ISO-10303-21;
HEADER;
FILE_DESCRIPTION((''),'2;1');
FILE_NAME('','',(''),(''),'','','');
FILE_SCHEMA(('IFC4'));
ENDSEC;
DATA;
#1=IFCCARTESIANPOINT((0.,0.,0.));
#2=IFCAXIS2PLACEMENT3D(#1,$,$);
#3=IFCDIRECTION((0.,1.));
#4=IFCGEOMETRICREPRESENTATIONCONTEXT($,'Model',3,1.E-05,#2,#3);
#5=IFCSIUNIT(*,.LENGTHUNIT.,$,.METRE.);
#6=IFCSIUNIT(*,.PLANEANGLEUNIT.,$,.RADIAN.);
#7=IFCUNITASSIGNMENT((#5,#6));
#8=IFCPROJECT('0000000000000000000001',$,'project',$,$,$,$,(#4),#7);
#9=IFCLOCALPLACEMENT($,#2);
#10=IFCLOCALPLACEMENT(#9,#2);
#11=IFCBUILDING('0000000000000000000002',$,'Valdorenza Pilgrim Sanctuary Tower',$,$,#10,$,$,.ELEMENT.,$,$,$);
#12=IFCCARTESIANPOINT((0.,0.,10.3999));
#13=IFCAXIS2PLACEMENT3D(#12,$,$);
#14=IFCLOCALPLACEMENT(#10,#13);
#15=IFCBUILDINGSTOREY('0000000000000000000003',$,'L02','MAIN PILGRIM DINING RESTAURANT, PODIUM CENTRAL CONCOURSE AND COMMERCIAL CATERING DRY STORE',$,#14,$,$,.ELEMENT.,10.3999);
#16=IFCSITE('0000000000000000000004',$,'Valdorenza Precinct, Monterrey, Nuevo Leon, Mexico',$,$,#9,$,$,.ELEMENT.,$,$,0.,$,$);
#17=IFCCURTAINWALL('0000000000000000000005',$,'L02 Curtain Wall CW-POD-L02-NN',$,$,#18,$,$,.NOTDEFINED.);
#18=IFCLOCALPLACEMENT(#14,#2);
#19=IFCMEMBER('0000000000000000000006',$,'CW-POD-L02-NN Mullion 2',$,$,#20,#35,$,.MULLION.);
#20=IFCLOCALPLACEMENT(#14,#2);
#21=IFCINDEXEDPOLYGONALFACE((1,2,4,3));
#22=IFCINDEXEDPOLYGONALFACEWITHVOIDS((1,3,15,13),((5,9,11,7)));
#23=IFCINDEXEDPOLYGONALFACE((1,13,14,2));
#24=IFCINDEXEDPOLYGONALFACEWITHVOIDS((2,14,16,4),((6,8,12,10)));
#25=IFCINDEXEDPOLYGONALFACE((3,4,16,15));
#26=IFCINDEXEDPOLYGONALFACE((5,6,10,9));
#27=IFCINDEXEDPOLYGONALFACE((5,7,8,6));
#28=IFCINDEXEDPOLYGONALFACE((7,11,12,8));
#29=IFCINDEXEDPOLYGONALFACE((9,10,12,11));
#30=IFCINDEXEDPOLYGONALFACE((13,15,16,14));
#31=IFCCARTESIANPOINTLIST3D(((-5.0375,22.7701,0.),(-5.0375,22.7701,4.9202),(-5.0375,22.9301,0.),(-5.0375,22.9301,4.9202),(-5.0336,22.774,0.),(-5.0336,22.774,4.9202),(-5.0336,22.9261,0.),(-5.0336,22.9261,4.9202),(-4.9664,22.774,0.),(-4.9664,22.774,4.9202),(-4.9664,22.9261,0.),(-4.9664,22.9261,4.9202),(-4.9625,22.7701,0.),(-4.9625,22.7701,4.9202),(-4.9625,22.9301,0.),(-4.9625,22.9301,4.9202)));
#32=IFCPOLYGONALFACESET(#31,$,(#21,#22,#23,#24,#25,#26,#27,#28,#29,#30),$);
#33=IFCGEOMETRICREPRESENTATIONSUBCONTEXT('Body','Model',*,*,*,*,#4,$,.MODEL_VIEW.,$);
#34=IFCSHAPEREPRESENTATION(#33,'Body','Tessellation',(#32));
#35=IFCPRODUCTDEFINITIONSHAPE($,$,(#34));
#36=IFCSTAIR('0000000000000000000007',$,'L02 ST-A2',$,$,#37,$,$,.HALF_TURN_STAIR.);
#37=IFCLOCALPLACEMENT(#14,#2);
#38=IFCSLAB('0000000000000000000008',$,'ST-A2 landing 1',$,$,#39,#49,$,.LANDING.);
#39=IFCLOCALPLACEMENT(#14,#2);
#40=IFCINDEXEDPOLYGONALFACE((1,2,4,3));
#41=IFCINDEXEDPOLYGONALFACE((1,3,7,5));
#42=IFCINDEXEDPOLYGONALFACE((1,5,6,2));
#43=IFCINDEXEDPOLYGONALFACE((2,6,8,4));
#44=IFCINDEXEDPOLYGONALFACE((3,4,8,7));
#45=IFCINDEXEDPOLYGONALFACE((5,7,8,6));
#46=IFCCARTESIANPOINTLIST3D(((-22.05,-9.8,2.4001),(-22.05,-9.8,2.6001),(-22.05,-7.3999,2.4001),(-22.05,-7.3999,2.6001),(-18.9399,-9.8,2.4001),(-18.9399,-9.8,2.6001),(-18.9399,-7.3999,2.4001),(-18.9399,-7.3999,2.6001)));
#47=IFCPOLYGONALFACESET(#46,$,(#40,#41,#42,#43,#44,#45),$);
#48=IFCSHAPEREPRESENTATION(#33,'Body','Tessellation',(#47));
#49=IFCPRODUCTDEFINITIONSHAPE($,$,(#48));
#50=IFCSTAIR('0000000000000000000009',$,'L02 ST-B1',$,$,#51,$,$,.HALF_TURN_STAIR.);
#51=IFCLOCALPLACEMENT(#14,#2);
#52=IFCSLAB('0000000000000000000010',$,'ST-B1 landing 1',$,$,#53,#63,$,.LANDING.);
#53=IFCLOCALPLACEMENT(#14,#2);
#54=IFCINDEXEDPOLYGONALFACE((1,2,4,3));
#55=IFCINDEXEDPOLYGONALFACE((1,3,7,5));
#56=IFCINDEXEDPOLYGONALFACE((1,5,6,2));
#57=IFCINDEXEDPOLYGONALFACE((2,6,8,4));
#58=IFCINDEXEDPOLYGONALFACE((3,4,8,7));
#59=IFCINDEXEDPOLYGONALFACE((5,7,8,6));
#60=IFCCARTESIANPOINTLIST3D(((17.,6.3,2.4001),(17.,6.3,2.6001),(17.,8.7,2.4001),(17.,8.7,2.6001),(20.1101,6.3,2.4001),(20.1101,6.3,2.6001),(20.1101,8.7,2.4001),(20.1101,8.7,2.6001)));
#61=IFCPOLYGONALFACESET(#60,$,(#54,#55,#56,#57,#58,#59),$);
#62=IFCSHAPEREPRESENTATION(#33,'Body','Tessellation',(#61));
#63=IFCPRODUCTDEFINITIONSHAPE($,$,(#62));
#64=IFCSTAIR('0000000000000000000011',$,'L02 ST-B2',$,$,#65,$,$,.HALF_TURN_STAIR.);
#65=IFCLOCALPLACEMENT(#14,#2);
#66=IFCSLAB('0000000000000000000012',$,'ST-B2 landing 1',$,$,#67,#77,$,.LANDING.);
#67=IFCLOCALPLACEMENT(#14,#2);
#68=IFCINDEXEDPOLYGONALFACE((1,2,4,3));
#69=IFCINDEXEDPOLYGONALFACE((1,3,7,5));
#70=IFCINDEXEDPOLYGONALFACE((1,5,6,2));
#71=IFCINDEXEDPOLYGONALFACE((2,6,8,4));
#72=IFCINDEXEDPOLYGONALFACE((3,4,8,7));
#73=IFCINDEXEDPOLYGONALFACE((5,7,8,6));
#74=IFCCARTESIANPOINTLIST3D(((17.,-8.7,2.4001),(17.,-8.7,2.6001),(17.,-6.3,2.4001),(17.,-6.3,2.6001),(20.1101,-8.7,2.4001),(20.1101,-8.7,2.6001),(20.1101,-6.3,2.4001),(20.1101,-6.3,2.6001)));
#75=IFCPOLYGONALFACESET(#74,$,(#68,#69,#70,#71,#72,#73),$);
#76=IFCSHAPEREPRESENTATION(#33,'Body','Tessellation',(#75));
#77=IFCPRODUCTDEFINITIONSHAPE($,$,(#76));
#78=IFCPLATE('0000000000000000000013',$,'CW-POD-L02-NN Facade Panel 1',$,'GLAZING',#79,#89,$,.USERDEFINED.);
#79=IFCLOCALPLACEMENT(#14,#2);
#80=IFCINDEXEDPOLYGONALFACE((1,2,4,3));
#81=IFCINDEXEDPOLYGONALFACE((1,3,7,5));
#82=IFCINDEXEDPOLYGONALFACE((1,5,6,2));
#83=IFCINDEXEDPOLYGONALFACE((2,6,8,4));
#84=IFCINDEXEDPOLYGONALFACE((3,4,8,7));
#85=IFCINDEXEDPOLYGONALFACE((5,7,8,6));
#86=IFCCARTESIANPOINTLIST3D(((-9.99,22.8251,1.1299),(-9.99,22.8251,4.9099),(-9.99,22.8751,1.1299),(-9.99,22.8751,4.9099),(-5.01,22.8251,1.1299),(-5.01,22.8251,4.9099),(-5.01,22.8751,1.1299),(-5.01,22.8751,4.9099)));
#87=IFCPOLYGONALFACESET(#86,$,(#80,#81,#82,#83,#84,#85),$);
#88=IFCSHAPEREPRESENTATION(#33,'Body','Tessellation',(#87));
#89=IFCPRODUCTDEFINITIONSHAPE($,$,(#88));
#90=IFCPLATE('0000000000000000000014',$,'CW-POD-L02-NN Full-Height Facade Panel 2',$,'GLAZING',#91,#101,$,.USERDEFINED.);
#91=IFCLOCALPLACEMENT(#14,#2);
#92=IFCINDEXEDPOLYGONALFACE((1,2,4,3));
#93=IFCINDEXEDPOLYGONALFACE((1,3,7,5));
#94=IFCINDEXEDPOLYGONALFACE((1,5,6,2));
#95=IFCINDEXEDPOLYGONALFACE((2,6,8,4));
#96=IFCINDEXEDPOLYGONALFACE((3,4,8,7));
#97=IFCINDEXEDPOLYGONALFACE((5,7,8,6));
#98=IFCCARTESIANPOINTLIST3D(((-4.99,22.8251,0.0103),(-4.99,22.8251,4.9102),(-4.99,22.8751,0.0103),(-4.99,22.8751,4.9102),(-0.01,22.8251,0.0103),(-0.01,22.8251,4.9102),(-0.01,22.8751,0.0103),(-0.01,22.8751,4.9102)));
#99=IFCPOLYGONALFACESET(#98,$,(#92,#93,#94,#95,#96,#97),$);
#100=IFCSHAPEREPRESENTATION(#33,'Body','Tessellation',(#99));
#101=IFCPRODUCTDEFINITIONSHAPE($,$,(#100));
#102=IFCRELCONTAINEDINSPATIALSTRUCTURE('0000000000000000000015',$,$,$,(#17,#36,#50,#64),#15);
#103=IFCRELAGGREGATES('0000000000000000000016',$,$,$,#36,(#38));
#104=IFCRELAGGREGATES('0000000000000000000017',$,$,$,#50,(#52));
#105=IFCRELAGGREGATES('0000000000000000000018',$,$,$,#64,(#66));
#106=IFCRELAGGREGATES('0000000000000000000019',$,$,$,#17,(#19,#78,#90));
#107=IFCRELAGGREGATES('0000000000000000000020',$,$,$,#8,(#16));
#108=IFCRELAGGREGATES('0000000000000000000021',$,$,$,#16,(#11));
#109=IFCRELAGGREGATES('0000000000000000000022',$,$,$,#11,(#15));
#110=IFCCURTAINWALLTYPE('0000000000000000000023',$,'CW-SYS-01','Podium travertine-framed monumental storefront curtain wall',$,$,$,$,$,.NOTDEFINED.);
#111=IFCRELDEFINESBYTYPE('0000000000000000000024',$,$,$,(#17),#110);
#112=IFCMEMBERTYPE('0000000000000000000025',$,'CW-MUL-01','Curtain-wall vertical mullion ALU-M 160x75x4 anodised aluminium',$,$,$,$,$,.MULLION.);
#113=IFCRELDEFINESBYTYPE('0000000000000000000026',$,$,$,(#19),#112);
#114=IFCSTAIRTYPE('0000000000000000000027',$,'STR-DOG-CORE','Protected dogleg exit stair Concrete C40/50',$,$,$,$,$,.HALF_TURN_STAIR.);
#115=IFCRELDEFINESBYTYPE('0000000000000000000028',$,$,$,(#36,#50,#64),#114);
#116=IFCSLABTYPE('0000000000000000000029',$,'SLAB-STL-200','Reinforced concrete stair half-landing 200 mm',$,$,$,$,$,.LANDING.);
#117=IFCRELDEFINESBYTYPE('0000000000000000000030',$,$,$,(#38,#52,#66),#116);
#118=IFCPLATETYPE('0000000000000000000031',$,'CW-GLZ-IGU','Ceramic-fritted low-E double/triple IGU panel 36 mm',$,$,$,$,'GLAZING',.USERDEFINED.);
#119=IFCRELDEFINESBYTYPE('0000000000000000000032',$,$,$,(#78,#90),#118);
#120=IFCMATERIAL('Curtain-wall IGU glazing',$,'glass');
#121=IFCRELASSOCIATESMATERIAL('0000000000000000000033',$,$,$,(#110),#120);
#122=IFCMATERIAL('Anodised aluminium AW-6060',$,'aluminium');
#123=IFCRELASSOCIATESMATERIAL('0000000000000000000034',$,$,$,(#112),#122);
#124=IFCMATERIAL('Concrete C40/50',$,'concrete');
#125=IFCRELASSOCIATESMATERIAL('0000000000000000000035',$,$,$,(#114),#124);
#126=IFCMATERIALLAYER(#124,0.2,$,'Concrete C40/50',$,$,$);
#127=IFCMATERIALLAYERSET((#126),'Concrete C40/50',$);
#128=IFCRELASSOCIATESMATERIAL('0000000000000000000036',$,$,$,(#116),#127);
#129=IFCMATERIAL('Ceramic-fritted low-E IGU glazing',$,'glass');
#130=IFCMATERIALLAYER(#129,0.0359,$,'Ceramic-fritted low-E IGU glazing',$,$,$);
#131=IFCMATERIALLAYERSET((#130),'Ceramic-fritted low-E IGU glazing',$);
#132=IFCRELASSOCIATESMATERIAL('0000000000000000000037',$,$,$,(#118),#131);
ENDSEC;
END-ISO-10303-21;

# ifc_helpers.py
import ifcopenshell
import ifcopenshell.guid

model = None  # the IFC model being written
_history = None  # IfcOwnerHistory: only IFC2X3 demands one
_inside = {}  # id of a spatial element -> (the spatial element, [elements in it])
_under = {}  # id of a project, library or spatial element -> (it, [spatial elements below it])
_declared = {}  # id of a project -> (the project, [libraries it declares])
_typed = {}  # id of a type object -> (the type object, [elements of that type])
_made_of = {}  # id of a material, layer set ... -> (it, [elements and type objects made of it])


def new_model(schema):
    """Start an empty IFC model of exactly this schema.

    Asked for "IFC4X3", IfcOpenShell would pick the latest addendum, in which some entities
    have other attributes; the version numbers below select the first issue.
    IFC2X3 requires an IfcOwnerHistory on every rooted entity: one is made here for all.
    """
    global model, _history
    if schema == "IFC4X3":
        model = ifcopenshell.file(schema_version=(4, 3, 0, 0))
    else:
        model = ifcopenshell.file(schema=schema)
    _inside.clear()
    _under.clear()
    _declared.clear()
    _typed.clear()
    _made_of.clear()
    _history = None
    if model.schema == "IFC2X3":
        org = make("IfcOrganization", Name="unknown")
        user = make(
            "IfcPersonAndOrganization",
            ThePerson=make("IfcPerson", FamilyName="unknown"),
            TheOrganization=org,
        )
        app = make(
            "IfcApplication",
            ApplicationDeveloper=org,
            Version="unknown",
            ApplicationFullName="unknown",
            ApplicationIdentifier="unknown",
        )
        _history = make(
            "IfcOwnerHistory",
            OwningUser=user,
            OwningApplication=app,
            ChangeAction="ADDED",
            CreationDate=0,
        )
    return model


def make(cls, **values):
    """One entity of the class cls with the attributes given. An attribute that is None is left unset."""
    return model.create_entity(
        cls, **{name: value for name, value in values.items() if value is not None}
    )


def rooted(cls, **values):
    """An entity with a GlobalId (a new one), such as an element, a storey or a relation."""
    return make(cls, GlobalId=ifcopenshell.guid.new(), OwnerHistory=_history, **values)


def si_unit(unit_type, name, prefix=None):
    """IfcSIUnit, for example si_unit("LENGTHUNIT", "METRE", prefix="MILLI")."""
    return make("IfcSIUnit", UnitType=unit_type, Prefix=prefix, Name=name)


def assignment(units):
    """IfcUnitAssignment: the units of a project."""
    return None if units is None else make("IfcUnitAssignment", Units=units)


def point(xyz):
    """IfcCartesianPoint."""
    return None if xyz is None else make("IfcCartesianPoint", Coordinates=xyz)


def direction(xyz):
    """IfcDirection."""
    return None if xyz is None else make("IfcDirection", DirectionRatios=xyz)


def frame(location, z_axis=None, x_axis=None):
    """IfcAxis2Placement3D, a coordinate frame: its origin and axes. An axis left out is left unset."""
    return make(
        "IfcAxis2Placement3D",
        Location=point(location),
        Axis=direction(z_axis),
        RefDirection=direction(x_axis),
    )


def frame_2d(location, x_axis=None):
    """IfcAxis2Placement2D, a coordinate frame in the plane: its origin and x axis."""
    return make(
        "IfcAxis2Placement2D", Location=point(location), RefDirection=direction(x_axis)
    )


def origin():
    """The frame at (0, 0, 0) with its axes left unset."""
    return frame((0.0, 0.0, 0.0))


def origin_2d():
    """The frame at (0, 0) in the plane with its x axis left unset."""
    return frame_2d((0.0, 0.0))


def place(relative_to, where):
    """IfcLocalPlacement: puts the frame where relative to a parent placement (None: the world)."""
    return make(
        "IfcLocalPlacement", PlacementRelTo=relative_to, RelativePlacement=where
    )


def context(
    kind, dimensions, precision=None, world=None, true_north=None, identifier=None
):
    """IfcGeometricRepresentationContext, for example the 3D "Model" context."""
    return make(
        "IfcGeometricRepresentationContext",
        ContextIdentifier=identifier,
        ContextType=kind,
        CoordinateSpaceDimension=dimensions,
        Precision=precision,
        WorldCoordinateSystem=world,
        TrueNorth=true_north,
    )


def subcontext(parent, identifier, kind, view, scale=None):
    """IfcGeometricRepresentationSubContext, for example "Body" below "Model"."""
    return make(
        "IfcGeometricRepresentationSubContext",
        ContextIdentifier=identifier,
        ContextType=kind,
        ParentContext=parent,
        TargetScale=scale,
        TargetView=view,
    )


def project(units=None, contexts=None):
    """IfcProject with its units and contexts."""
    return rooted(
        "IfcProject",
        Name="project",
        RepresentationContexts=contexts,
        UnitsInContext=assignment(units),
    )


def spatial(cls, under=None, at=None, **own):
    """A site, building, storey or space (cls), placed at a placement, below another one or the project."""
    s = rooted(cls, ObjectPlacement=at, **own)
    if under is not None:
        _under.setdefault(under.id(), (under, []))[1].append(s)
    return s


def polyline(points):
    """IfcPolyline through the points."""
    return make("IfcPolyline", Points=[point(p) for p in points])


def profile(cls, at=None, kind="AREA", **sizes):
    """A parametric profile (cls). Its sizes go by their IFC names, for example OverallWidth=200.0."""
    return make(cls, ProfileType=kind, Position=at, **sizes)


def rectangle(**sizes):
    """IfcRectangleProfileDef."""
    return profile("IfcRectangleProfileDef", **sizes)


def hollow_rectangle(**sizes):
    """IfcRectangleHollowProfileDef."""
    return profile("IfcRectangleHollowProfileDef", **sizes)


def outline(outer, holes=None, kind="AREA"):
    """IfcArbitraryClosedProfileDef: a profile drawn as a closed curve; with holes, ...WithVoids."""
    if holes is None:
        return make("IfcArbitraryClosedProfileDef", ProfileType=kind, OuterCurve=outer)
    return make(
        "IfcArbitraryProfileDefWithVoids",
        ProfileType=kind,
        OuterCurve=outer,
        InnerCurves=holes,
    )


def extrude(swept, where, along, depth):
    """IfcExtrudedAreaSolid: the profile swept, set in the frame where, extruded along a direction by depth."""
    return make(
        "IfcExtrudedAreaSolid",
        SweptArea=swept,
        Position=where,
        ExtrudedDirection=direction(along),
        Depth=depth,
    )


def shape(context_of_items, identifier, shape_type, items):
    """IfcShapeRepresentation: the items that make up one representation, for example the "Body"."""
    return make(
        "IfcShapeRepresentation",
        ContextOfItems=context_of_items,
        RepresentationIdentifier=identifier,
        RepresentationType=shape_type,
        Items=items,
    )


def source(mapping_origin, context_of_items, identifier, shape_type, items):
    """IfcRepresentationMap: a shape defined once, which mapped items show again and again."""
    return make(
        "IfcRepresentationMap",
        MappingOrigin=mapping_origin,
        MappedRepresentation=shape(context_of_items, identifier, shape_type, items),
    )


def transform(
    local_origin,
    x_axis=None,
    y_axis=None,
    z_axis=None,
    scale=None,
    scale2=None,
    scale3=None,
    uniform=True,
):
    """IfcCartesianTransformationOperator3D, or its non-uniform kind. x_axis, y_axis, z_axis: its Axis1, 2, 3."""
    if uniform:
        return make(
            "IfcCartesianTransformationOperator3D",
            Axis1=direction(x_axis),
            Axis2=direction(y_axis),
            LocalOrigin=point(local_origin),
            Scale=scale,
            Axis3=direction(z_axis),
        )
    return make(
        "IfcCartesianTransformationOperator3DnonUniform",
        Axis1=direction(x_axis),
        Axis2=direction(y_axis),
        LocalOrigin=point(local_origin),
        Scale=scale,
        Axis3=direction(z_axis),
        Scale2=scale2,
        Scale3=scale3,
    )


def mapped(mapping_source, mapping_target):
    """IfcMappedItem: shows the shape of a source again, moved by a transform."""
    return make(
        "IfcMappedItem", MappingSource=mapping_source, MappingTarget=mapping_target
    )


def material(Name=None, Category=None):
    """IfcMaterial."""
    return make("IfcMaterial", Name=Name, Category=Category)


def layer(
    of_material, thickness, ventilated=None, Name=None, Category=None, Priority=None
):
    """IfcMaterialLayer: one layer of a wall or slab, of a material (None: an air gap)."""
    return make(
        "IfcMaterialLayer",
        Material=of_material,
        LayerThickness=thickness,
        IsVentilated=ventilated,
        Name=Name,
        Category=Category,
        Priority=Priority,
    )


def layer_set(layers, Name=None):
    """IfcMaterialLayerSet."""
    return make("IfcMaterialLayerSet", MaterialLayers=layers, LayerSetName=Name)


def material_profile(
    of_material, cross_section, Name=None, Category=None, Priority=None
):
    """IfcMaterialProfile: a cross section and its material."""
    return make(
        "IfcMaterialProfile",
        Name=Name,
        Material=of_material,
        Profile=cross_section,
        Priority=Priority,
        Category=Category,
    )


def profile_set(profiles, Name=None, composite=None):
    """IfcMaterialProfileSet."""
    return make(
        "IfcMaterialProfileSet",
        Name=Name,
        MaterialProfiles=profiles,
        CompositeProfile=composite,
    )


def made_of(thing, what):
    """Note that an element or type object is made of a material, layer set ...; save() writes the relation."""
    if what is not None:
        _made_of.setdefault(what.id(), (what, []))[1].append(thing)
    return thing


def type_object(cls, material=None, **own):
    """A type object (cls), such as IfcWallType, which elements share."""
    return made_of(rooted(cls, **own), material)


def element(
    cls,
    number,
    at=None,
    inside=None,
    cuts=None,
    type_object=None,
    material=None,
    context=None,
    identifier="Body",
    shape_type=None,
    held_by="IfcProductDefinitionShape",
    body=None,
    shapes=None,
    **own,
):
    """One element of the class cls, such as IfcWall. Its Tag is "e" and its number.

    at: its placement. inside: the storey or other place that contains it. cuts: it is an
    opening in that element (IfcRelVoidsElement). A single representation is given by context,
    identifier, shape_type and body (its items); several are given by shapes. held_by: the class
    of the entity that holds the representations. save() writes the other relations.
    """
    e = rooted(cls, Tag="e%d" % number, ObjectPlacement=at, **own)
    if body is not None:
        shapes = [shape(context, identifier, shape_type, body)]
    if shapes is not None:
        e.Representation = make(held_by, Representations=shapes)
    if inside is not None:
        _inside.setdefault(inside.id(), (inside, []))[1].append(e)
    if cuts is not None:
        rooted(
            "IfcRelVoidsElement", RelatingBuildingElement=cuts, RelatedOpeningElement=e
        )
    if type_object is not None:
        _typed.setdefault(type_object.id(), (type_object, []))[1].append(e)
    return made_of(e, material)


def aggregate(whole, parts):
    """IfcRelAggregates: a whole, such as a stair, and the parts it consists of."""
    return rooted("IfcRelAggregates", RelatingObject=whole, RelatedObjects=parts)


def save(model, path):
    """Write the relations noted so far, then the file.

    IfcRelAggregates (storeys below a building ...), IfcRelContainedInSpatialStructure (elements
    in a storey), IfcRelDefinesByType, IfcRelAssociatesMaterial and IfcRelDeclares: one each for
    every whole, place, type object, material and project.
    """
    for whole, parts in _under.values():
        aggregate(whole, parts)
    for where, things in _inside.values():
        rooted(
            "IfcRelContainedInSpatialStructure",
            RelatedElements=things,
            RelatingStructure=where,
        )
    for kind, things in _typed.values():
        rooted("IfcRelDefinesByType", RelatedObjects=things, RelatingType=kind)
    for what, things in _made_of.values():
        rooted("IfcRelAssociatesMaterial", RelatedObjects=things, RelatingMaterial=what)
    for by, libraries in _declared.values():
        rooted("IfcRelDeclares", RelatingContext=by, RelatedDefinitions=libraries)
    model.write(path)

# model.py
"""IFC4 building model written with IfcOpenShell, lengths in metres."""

from ifc_helpers import new_model, si_unit, direction, frame, origin, origin_2d, place, context, subcontext, project, spatial, polyline, rectangle, hollow_rectangle, outline, extrude, source, transform, mapped, material, layer, layer_set, material_profile, profile_set, type_object, element, aggregate, save


model = new_model("IFC4")

# Units and contexts
model_context = context("Model", 3, precision=1e-05, world=origin(), true_north=direction((0.0, 1.0)))
body_context = subcontext(model_context, "Body", "Model", "MODEL_VIEW")
ifc_project = project(units=[si_unit("LENGTHUNIT", "METRE"), si_unit("PLANEANGLEUNIT", "RADIAN")], contexts=[model_context])

# Site, building, storey
site_placement = place(None, origin())
site = spatial("IfcSite", under=ifc_project, at=site_placement, Name="Valdorenza Precinct, Monterrey, Nuevo Leon, Mexico", CompositionType="ELEMENT", RefElevation=0.0)
building_placement = place(site_placement, origin())
building = spatial("IfcBuilding", under=site, at=building_placement, Name="Valdorenza Pilgrim Sanctuary Tower", CompositionType="ELEMENT")
storey_placement = place(building_placement, frame((0.0, 0.0, 10.3999)))
storey = spatial("IfcBuildingStorey", under=building, at=storey_placement, Name="L02", Description="MAIN PILGRIM DINING RESTAURANT, PODIUM CENTRAL CONCOURSE AND COMMERCIAL CATERING DRY STORE", CompositionType="ELEMENT", Elevation=10.3999)

# Curtain wall, member
ifc_material_1 = material(Name="Curtain-wall IGU glazing", Category="glass")
curtain_wall_type = type_object("IfcCurtainWallType", Name="CW-SYS-01", Description="Podium travertine-framed monumental storefront curtain wall", PredefinedType="NOTDEFINED", material=ifc_material_1)
curtain_wall_placement = place(storey_placement, origin())
curtain_wall = element("IfcCurtainWall", 1, at=curtain_wall_placement, inside=storey, type_object=curtain_wall_type, Name="L02 Curtain Wall CW-POD-L02-NN", PredefinedType="NOTDEFINED")
ifc_material_2 = material(Name="Anodised aluminium AW-6060", Category="aluminium")
ifc_material_profile = material_profile(ifc_material_2, hollow_rectangle(XDim=0.075, YDim=0.1599, WallThickness=0.0039, at=origin_2d()), Name="ALU-M 160x75x4")
ifc_profile_set = profile_set([ifc_material_profile], Name="Anodised aluminium AW-6060")
member_type = type_object("IfcMemberType", Name="CW-MUL-01", Description="Curtain-wall vertical mullion ALU-M 160x75x4 anodised aluminium", PredefinedType="MULLION", material=ifc_profile_set)
shared_shape_1 = source(origin(), body_context, "Body", "SweptSolid", [
    extrude(hollow_rectangle(XDim=0.075, YDim=0.1599, WallThickness=0.0039, at=origin_2d()), origin(), (0.0, 0.0, 1.0), 4.9202),
])
member_placement = place(storey_placement, frame((-5.0, 22.8501, 0.0), z_axis=(0.0, 0.0, 1.0), x_axis=(1.0, 0.0, 0.0)))
member = element("IfcMember", 2, at=member_placement, type_object=member_type, Name="CW-POD-L02-NN Mullion 2", PredefinedType="MULLION", context=body_context, shape_type="MappedRepresentation", body=[
    mapped(shared_shape_1, transform((0.0, 0.0, 0.0), x_axis=(1.0, 0.0, 0.0), y_axis=(0.0, 1.0, 0.0), z_axis=(0.0, 0.0, 1.0), scale=1.0)),
])

# Stairs, slabs
ifc_material_3 = material(Name="Concrete C40/50", Category="concrete")
stair_type = type_object("IfcStairType", Name="STR-DOG-CORE", Description="Protected dogleg exit stair Concrete C40/50", PredefinedType="HALF_TURN_STAIR", material=ifc_material_3)
stair_1_placement = place(storey_placement, origin())
stair_1 = element("IfcStair", 3, at=stair_1_placement, inside=storey, type_object=stair_type, Name="L02 ST-A2", PredefinedType="HALF_TURN_STAIR")
ifc_layer_1 = layer(ifc_material_3, 0.2, Name="Concrete C40/50")
ifc_layer_set_1 = layer_set([ifc_layer_1], Name="Concrete C40/50")
slab_type = type_object("IfcSlabType", Name="SLAB-STL-200", Description="Reinforced concrete stair half-landing 200 mm", PredefinedType="LANDING", material=ifc_layer_set_1)
slab_1_placement = place(storey_placement, frame((0.0, 0.0, 2.4001)))
slab_1 = element("IfcSlab", 4, at=slab_1_placement, type_object=slab_type, Name="ST-A2 landing 1", PredefinedType="LANDING", context=body_context, shape_type="SweptSolid", body=[
    extrude(outline(polyline([(-22.05, -7.3999), (-22.05, -9.8), (-18.9399, -9.8), (-18.9399, -7.3999), (-22.05, -7.3999)])), origin(), (0.0, 0.0, 1.0), 0.2),
])
aggregate(stair_1, [slab_1])
stair_2_placement = place(storey_placement, origin())
stair_2 = element("IfcStair", 5, at=stair_2_placement, inside=storey, type_object=stair_type, Name="L02 ST-B1", PredefinedType="HALF_TURN_STAIR")
slab_2_placement = place(storey_placement, frame((0.0, 0.0, 2.4001)))
slab_2 = element("IfcSlab", 6, at=slab_2_placement, type_object=slab_type, Name="ST-B1 landing 1", PredefinedType="LANDING", context=body_context, shape_type="SweptSolid", body=[
    extrude(outline(polyline([(20.1101, 6.3), (20.1101, 8.7), (17.0, 8.7), (17.0, 6.3), (20.1101, 6.3)])), origin(), (0.0, 0.0, 1.0), 0.2),
])
aggregate(stair_2, [slab_2])
stair_3_placement = place(storey_placement, origin())
stair_3 = element("IfcStair", 7, at=stair_3_placement, inside=storey, type_object=stair_type, Name="L02 ST-B2", PredefinedType="HALF_TURN_STAIR")
slab_3_placement = place(storey_placement, frame((0.0, 0.0, 2.4001)))
slab_3 = element("IfcSlab", 8, at=slab_3_placement, type_object=slab_type, Name="ST-B2 landing 1", PredefinedType="LANDING", context=body_context, shape_type="SweptSolid", body=[
    extrude(outline(polyline([(17.0, -6.3), (17.0, -8.7), (20.1101, -8.7), (20.1101, -6.3), (17.0, -6.3)])), origin(), (0.0, 0.0, 1.0), 0.2),
])
aggregate(stair_3, [slab_3])

# Plates
ifc_material_4 = material(Name="Ceramic-fritted low-E IGU glazing", Category="glass")
ifc_layer_2 = layer(ifc_material_4, 0.0359, Name="Ceramic-fritted low-E IGU glazing")
ifc_layer_set_2 = layer_set([ifc_layer_2], Name="Ceramic-fritted low-E IGU glazing")
plate_type = type_object("IfcPlateType", Name="CW-GLZ-IGU", Description="Ceramic-fritted low-E double/triple IGU panel 36 mm", ElementType="GLAZING", PredefinedType="USERDEFINED", material=ifc_layer_set_2)
shared_shape_2 = source(origin(), body_context, "Body", "SweptSolid", [
    extrude(rectangle(XDim=4.98, YDim=0.05, at=origin_2d()), origin(), (0.0, 0.0, 1.0), 3.78),
])
plate_1_placement = place(storey_placement, frame((-7.5, 22.8501, 1.1299), z_axis=(0.0, 0.0, 1.0), x_axis=(1.0, 0.0, 0.0)))
plate_1 = element("IfcPlate", 9, at=plate_1_placement, type_object=plate_type, Name="CW-POD-L02-NN Facade Panel 1", ObjectType="GLAZING", PredefinedType="USERDEFINED", context=body_context, shape_type="MappedRepresentation", body=[
    mapped(shared_shape_2, transform((0.0, 0.0, 0.0), x_axis=(1.0, 0.0, 0.0), y_axis=(0.0, 1.0, 0.0), z_axis=(0.0, 0.0, 1.0), scale=1.0)),
])
shared_shape_3 = source(origin(), body_context, "Body", "SweptSolid", [
    extrude(rectangle(XDim=4.98, YDim=0.05, at=origin_2d()), origin(), (0.0, 0.0, 1.0), 4.8999),
])
plate_2_placement = place(storey_placement, frame((-2.5, 22.8501, 0.0103), z_axis=(0.0, 0.0, 1.0), x_axis=(1.0, 0.0, 0.0)))
plate_2 = element("IfcPlate", 10, at=plate_2_placement, type_object=plate_type, Name="CW-POD-L02-NN Full-Height Facade Panel 2", ObjectType="GLAZING", PredefinedType="USERDEFINED", context=body_context, shape_type="MappedRepresentation", body=[
    mapped(shared_shape_3, transform((0.0, 0.0, 0.0), x_axis=(1.0, 0.0, 0.0), y_axis=(0.0, 1.0, 0.0), z_axis=(0.0, 0.0, 1.0), scale=1.0)),
])
aggregate(curtain_wall, [member, plate_1, plate_2])

save(model, "model.ifc")
